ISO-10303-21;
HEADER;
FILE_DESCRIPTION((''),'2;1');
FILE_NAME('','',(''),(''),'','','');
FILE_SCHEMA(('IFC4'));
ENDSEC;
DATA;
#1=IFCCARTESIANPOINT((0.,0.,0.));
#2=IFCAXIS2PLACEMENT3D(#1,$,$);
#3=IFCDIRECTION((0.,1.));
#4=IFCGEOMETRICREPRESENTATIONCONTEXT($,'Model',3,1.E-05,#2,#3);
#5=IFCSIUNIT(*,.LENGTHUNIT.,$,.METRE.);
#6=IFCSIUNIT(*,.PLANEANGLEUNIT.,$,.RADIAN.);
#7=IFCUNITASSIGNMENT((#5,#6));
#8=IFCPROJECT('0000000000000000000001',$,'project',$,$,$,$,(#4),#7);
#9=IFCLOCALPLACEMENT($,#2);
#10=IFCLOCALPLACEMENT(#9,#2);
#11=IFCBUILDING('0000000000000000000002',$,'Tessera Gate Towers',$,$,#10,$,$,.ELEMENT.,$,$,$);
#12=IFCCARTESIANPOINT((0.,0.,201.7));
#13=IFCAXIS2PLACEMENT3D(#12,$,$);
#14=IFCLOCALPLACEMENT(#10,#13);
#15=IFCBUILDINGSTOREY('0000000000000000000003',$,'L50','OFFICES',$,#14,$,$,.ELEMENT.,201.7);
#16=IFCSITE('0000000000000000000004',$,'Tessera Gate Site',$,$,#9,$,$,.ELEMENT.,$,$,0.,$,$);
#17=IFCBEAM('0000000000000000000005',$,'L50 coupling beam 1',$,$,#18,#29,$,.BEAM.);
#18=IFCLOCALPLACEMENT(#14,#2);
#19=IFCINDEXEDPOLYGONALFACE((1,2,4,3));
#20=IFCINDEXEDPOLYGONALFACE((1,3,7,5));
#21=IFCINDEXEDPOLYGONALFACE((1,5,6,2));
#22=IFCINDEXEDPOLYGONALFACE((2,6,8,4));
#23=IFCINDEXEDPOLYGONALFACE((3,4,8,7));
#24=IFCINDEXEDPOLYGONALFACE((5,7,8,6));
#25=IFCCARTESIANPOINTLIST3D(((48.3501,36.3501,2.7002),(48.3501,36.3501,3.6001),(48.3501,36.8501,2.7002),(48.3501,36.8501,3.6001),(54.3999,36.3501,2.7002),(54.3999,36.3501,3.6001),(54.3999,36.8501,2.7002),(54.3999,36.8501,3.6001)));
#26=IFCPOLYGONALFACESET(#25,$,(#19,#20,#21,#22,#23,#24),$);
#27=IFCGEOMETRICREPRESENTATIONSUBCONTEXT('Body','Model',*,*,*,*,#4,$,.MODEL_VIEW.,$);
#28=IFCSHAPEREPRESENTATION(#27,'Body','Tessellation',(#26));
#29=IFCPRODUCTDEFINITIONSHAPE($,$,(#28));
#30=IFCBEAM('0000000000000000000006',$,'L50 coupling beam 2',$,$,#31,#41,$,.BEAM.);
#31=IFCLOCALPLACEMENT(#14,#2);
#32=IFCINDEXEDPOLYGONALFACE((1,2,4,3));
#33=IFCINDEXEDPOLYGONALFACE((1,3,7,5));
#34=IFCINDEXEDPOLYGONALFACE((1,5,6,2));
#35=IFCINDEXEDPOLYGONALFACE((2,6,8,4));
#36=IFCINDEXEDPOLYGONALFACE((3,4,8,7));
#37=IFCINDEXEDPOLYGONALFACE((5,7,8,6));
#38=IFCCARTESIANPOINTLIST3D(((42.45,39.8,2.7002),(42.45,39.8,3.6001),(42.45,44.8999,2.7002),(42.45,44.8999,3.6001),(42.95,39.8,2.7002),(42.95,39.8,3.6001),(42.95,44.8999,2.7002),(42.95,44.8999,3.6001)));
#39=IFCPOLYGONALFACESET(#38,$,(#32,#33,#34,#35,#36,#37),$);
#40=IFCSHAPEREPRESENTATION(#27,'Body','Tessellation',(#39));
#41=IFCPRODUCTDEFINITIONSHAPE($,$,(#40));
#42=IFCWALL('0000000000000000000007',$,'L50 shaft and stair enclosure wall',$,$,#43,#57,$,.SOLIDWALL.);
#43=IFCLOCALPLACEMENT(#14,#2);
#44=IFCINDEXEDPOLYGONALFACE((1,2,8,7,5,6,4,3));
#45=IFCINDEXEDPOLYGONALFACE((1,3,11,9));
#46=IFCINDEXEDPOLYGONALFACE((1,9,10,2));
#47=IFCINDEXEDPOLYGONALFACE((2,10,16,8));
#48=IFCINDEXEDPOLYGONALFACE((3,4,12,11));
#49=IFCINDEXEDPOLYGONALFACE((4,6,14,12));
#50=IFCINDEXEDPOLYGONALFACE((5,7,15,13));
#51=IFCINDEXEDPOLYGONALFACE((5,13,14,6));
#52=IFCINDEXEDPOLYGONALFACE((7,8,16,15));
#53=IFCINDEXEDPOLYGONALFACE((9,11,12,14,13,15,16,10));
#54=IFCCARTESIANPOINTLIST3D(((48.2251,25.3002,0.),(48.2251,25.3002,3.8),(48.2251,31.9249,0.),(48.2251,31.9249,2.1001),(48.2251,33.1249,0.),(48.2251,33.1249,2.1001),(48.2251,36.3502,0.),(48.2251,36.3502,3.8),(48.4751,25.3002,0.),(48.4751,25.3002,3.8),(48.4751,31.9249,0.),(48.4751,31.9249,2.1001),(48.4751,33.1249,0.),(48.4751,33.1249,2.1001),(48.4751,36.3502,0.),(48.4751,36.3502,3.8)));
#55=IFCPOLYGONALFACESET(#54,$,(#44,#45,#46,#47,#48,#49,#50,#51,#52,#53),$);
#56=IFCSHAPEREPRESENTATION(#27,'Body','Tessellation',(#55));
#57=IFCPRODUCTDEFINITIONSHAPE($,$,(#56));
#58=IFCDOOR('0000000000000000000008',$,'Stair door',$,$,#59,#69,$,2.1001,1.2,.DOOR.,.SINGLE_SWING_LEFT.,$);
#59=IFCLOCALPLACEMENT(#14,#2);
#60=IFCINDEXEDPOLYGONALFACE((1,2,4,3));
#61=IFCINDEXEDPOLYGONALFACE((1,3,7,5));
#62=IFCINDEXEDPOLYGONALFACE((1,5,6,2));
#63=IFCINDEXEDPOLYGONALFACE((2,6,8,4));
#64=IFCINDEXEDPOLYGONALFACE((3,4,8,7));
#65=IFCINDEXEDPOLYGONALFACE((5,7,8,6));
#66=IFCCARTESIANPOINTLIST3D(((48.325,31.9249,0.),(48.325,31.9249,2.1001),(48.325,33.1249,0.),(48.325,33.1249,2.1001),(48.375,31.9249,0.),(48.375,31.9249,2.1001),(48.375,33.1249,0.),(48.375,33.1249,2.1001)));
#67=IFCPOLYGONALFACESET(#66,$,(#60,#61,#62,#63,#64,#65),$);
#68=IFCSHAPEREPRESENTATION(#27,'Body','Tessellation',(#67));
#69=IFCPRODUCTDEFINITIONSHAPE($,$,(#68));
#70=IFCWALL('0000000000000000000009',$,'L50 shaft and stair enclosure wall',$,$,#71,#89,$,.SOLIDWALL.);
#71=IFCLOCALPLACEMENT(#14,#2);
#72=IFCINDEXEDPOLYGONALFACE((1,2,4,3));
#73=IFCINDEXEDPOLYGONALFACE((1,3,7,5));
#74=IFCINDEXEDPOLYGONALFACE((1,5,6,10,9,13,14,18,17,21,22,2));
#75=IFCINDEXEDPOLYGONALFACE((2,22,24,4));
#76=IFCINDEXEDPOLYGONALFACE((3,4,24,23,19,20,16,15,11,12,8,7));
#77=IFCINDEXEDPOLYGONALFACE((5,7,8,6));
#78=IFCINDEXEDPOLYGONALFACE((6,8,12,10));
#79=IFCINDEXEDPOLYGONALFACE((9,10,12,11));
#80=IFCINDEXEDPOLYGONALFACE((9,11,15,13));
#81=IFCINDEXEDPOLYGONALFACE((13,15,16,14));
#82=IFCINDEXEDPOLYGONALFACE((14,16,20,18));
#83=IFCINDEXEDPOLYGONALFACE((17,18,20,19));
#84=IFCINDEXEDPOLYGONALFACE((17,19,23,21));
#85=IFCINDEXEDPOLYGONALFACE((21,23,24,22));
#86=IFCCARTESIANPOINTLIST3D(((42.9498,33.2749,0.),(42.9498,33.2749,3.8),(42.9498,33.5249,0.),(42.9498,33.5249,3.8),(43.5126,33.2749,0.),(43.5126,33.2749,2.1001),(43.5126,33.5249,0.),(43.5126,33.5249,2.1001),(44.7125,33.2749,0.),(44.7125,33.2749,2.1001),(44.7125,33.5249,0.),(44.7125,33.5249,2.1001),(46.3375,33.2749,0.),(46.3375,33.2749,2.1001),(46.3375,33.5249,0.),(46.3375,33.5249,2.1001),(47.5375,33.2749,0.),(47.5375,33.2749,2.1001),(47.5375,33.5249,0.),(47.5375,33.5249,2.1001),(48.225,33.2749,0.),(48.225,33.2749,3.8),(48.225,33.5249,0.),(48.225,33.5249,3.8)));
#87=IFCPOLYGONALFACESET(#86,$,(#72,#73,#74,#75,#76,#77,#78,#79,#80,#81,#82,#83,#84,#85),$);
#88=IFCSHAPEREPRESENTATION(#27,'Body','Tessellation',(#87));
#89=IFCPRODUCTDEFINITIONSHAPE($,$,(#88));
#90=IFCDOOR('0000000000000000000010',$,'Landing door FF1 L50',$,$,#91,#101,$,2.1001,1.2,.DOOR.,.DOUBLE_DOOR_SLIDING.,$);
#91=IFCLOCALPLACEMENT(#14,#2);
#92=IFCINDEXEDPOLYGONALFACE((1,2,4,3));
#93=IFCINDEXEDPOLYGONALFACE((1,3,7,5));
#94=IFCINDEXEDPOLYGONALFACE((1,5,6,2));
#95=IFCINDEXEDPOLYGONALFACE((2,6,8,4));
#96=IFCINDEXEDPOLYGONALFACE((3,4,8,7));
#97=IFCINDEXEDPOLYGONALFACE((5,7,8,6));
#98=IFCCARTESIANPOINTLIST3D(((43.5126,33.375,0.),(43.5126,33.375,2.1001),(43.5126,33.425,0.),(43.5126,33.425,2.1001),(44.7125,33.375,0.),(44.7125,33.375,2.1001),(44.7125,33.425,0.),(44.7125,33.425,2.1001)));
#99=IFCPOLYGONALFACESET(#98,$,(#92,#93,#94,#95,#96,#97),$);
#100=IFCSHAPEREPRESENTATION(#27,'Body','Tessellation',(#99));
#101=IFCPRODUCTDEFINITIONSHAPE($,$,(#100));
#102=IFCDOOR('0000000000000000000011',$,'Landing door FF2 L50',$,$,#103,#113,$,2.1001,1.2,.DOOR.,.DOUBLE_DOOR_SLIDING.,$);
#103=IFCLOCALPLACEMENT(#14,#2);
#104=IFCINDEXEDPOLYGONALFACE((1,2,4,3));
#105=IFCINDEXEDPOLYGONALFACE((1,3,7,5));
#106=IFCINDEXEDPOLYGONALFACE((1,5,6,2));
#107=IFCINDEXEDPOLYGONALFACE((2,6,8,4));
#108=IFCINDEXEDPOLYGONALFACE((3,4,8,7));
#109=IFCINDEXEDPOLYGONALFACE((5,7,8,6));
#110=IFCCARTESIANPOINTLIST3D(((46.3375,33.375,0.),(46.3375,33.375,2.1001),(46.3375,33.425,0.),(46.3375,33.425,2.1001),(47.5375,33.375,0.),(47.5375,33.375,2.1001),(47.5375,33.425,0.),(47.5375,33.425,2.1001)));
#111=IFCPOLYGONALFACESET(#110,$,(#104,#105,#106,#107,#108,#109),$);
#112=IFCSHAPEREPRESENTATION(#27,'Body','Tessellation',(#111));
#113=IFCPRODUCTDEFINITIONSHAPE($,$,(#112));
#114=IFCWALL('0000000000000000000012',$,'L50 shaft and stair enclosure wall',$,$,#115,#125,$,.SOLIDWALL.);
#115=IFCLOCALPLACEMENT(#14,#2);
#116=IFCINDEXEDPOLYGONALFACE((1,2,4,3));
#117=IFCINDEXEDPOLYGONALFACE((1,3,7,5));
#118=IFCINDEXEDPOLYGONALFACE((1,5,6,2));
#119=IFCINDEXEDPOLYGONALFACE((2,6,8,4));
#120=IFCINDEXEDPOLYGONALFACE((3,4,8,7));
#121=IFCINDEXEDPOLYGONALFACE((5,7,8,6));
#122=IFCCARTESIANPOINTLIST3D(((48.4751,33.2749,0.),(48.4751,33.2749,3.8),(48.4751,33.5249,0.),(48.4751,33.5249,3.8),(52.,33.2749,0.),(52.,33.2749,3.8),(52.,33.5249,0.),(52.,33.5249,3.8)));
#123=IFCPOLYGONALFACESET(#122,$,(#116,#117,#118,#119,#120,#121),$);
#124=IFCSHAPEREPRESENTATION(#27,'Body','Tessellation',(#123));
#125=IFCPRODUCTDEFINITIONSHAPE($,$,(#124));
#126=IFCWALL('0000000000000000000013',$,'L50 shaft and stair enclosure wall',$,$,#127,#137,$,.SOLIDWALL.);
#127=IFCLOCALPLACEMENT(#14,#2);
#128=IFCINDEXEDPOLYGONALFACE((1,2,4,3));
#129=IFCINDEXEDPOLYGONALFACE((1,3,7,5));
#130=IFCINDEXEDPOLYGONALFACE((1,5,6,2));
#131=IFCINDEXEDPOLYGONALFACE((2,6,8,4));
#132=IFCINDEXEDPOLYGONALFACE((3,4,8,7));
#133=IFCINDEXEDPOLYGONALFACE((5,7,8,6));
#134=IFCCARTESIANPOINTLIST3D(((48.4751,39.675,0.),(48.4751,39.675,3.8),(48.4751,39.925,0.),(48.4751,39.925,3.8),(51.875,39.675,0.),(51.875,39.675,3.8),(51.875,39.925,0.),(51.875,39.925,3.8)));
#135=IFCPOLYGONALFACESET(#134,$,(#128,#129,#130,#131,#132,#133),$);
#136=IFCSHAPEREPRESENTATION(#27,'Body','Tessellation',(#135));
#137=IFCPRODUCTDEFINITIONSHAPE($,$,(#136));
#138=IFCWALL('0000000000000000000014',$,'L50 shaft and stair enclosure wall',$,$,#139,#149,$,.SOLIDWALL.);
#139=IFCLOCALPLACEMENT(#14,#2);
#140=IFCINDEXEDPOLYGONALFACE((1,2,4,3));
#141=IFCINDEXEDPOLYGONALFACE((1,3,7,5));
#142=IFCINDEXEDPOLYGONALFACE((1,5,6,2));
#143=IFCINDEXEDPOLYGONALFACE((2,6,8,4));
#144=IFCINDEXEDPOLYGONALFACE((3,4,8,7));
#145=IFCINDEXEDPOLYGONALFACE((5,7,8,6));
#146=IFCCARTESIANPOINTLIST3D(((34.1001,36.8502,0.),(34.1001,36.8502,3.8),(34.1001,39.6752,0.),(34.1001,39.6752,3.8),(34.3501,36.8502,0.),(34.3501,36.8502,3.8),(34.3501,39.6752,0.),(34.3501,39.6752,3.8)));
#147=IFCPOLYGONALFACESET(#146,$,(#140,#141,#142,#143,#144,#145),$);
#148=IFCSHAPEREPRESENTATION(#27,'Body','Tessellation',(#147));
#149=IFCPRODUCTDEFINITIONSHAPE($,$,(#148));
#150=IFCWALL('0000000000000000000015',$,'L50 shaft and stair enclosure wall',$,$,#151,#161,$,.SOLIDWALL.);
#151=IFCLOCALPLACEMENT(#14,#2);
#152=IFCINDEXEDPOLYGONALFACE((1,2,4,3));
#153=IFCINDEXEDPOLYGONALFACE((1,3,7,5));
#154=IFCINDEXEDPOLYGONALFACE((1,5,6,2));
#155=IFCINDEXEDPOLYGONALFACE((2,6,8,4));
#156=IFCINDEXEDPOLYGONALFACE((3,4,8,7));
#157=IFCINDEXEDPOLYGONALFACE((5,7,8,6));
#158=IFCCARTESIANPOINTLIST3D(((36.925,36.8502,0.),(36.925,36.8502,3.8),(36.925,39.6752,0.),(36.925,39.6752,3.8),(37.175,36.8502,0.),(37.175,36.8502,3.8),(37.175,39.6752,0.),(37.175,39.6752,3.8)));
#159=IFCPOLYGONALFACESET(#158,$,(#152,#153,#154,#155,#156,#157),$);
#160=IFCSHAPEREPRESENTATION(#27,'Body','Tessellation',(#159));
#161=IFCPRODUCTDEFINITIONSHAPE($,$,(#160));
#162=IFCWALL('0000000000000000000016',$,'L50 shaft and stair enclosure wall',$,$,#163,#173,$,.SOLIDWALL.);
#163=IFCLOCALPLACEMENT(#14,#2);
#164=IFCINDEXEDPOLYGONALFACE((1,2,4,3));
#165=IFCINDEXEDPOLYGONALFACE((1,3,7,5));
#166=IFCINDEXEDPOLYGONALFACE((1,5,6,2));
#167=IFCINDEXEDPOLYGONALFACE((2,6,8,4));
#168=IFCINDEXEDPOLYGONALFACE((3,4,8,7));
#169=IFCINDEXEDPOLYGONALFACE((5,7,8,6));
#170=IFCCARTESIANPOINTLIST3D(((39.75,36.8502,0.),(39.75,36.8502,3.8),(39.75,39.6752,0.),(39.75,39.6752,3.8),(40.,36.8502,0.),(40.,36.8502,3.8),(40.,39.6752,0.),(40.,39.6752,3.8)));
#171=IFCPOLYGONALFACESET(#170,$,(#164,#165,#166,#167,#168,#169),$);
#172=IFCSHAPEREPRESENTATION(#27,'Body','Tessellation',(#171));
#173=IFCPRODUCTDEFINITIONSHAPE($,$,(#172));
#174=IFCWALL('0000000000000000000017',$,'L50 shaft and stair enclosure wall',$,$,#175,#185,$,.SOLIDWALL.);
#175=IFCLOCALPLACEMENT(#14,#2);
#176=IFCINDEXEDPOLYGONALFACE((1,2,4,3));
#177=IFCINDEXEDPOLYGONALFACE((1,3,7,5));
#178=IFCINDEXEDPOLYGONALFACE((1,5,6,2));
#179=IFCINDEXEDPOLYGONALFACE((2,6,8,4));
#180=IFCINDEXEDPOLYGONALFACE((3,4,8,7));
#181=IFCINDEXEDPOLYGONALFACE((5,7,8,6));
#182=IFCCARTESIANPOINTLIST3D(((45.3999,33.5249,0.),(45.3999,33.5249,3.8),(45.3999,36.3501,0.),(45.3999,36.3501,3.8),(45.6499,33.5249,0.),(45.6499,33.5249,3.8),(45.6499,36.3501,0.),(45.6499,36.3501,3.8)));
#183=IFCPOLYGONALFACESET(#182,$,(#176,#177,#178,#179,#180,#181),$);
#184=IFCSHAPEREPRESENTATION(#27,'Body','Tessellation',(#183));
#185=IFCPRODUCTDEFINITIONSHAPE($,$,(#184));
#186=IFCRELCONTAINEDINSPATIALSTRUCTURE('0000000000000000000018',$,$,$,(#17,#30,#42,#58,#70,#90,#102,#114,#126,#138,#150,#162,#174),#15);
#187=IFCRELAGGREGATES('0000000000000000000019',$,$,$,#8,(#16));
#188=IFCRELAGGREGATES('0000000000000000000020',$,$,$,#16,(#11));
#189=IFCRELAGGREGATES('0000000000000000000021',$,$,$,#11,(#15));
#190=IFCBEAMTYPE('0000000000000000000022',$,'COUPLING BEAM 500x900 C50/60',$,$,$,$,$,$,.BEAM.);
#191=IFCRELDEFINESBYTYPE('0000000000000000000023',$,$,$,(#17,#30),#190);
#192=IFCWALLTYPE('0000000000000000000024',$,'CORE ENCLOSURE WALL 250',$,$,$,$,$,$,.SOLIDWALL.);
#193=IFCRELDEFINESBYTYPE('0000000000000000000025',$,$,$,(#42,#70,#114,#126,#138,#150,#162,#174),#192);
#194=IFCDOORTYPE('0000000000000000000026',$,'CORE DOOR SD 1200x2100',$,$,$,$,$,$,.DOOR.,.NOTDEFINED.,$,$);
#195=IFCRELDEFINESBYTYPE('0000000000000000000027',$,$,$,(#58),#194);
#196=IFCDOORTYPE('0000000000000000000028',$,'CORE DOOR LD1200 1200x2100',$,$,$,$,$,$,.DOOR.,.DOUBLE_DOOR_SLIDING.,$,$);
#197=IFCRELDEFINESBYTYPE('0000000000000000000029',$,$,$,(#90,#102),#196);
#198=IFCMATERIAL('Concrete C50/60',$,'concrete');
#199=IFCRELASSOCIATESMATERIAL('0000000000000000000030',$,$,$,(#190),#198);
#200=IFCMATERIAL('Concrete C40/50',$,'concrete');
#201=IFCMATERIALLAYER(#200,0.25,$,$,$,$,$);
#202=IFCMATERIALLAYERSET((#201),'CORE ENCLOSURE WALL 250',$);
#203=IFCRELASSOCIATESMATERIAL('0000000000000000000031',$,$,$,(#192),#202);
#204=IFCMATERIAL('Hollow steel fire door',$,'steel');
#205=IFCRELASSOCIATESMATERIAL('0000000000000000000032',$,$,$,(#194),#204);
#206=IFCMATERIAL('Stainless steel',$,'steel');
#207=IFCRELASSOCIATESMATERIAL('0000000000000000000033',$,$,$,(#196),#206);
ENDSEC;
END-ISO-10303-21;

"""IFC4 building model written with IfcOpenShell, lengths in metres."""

from ifc_helpers import new_model, si_unit, direction, frame, frame_2d, origin, origin_2d, place, context, subcontext, project, spatial, rectangle, extrude, source, transform, mapped, material, layer, layer_set, material_profile, profile_set, type_object, element, fill, save


model = new_model("IFC4")

# Units and contexts
model_context = context("Model", 3, precision=1e-05, world=origin(), true_north=direction((0.0, 1.0)))
body_context = subcontext(model_context, "Body", "Model", "MODEL_VIEW")
ifc_project = project(units=[si_unit("LENGTHUNIT", "METRE"), si_unit("PLANEANGLEUNIT", "RADIAN")], contexts=[model_context])

# Site, building, storey
site_placement = place(None, origin())
site = spatial("IfcSite", under=ifc_project, at=site_placement, Name="Tessera Gate Site", CompositionType="ELEMENT", RefElevation=0.0)
building_placement = place(site_placement, origin())
building = spatial("IfcBuilding", under=site, at=building_placement, Name="Tessera Gate Towers", CompositionType="ELEMENT")
storey_placement = place(building_placement, frame((0.0, 0.0, 201.7)))
storey = spatial("IfcBuildingStorey", under=building, at=storey_placement, Name="L50", Description="OFFICES", CompositionType="ELEMENT", Elevation=201.7)

# Beams
ifc_material_1 = material(Name="Concrete C50/60", Category="concrete")
ifc_material_profile = material_profile(ifc_material_1, rectangle(XDim=0.5, YDim=0.8999, at=origin_2d()), Name="RC 500x900")
ifc_profile_set = profile_set([ifc_material_profile], Name="Concrete C50/60")
beam_type = type_object("IfcBeamType", Name="COUPLING BEAM 500x900 C50/60", PredefinedType="BEAM", material=ifc_profile_set)
beam_1_placement = place(storey_placement, frame((48.3501, 36.6001, 3.1501), z_axis=(1.0, 0.0, 0.0), x_axis=(0.0, 1.0, 0.0)))
element("IfcBeam", 1, at=beam_1_placement, inside=storey, type_object=beam_type, Name="L50 coupling beam 1", PredefinedType="BEAM", context=body_context, shape_type="SweptSolid", body=[
    extrude(rectangle(XDim=0.5, YDim=0.8999, at=origin_2d()), origin(), (0.0, 0.0, 1.0), 6.0498),
])
beam_2_placement = place(storey_placement, frame((42.7, 39.8, 3.1501), z_axis=(0.0, 1.0, 0.0), x_axis=(-1.0, 0.0, 0.0)))
element("IfcBeam", 2, at=beam_2_placement, inside=storey, type_object=beam_type, Name="L50 coupling beam 2", PredefinedType="BEAM", context=body_context, shape_type="SweptSolid", body=[
    extrude(rectangle(XDim=0.5, YDim=0.8999, at=origin_2d()), origin(), (0.0, 0.0, 1.0), 5.0999),
])

# Wall, opening, door
ifc_material_2 = material(Name="Concrete C40/50", Category="concrete")
ifc_layer_1 = layer(ifc_material_2, 0.25)
ifc_layer_set_1 = layer_set([ifc_layer_1], Name="CORE ENCLOSURE WALL 250")
wall_type_1 = type_object("IfcWallType", Name="CORE ENCLOSURE WALL 250", PredefinedType="SOLIDWALL", material=ifc_layer_set_1)
wall_1_placement = place(storey_placement, frame((48.3501, 36.3501, 0.0), z_axis=(0.0, 0.0, 1.0), x_axis=(0.0, -1.0, 0.0)))
wall_1 = element("IfcWall", 3, at=wall_1_placement, inside=storey, type_object=wall_type_1, Name="L50 shaft and stair enclosure wall", PredefinedType="SOLIDWALL", context=body_context, shape_type="SweptSolid", body=[
    extrude(rectangle(XDim=11.05, YDim=0.25, at=frame_2d((5.5249, 0.0))), origin(), (0.0, 0.0, 1.0), 3.8),
])
shared_shape_1 = source(origin(), body_context, "Body", "SweptSolid", [
    extrude(rectangle(XDim=1.2, YDim=2.1001, at=frame_2d((0.6001, 1.05))), frame((0.0, 0.135, 0.0), z_axis=(0.0, -1.0, 0.0), x_axis=(1.0, 0.0, 0.0)), (0.0, 0.0, 1.0), 0.27),
])
opening_1_placement = place(wall_1_placement, frame((3.2251, 0.0, 0.0)))
opening_1 = element("IfcOpeningElement", 4, at=opening_1_placement, cuts=wall_1, PredefinedType="OPENING", context=body_context, shape_type="MappedRepresentation", body=[
    mapped(shared_shape_1, transform((0.0, 0.0, 0.0), scale=1.0)),
])
ifc_material_3 = material(Name="Hollow steel fire door", Category="steel")
door_type_1 = type_object("IfcDoorType", Name="CORE DOOR SD 1200x2100", OperationType="NOTDEFINED", PredefinedType="DOOR", material=ifc_material_3)
shared_shape_2 = source(origin(), body_context, "Body", "SweptSolid", [
    extrude(rectangle(XDim=1.2, YDim=2.1001, at=frame_2d((0.6001, 1.05))), frame((0.0, 0.0249, 0.0), z_axis=(0.0, -1.0, 0.0), x_axis=(1.0, 0.0, 0.0)), (0.0, 0.0, 1.0), 0.05),
])
door_1_placement = place(opening_1_placement, origin())
door_1 = element("IfcDoor", 5, at=door_1_placement, inside=storey, type_object=door_type_1, Name="Stair door", OperationType="SINGLE_SWING_LEFT", OverallHeight=2.1001, OverallWidth=1.2, PredefinedType="DOOR", context=body_context, shape_type="MappedRepresentation", body=[
    mapped(shared_shape_2, transform((0.0, 0.0, 0.0), scale=1.0)),
])
fill(opening_1, door_1)

# Wall, openings, doors
wall_2_placement = place(storey_placement, frame((48.2251, 33.3999, 0.0), z_axis=(0.0, 0.0, 1.0), x_axis=(-1.0, 0.0, 0.0)))
wall_2 = element("IfcWall", 6, at=wall_2_placement, inside=storey, type_object=wall_type_1, Name="L50 shaft and stair enclosure wall", PredefinedType="SOLIDWALL", context=body_context, shape_type="SweptSolid", body=[
    extrude(rectangle(XDim=5.2751, YDim=0.25, at=frame_2d((2.6377, 0.0))), origin(), (0.0, 0.0, 1.0), 3.8),
])
opening_2_placement = place(wall_2_placement, frame((3.5125, 0.0, 0.0)))
opening_2 = element("IfcOpeningElement", 7, at=opening_2_placement, cuts=wall_2, PredefinedType="OPENING", context=body_context, shape_type="MappedRepresentation", body=[
    mapped(shared_shape_1, transform((0.0, 0.0, 0.0), scale=1.0)),
])
opening_3_placement = place(wall_2_placement, frame((0.6875, 0.0, 0.0)))
opening_3 = element("IfcOpeningElement", 8, at=opening_3_placement, cuts=wall_2, PredefinedType="OPENING", context=body_context, shape_type="MappedRepresentation", body=[
    mapped(shared_shape_1, transform((0.0, 0.0, 0.0), scale=1.0)),
])
ifc_material_4 = material(Name="Stainless steel", Category="steel")
door_type_2 = type_object("IfcDoorType", Name="CORE DOOR LD1200 1200x2100", OperationType="DOUBLE_DOOR_SLIDING", PredefinedType="DOOR", material=ifc_material_4)
door_2_placement = place(opening_2_placement, origin())
door_2 = element("IfcDoor", 9, at=door_2_placement, inside=storey, type_object=door_type_2, Name="Landing door FF1 L50", OperationType="DOUBLE_DOOR_SLIDING", OverallHeight=2.1001, OverallWidth=1.2, PredefinedType="DOOR", context=body_context, shape_type="MappedRepresentation", body=[
    mapped(shared_shape_2, transform((0.0, 0.0, 0.0), scale=1.0)),
])
fill(opening_2, door_2)
door_3_placement = place(opening_3_placement, origin())
door_3 = element("IfcDoor", 10, at=door_3_placement, inside=storey, type_object=door_type_2, Name="Landing door FF2 L50", OperationType="DOUBLE_DOOR_SLIDING", OverallHeight=2.1001, OverallWidth=1.2, PredefinedType="DOOR", context=body_context, shape_type="MappedRepresentation", body=[
    mapped(shared_shape_2, transform((0.0, 0.0, 0.0), scale=1.0)),
])
fill(opening_3, door_3)

# Walls
wall_3_placement = place(storey_placement, frame((48.4751, 33.3999, 0.0), z_axis=(0.0, 0.0, 1.0), x_axis=(1.0, 0.0, 0.0)))
element("IfcWall", 11, at=wall_3_placement, inside=storey, type_object=wall_type_1, Name="L50 shaft and stair enclosure wall", PredefinedType="SOLIDWALL", context=body_context, shape_type="SweptSolid", body=[
    extrude(rectangle(XDim=3.5249, YDim=0.25, at=frame_2d((1.7625, 0.0))), origin(), (0.0, 0.0, 1.0), 3.8),
])
wall_4_placement = place(storey_placement, frame((48.4751, 39.8, 0.0), z_axis=(0.0, 0.0, 1.0), x_axis=(1.0, 0.0, 0.0)))
element("IfcWall", 12, at=wall_4_placement, inside=storey, type_object=wall_type_1, Name="L50 shaft and stair enclosure wall", PredefinedType="SOLIDWALL", context=body_context, shape_type="SweptSolid", body=[
    extrude(rectangle(XDim=3.3999, YDim=0.25, at=frame_2d((1.7, 0.0))), origin(), (0.0, 0.0, 1.0), 3.8),
])
for number, where, z_axis, x_axis, name in (
    (13, (34.2251, 36.8501, 0.0), (0.0, 0.0, 1.0), (0.0, 1.0, 0.0), "L50 shaft and stair enclosure wall"),
    (14, (37.05, 36.8501, 0.0), (0.0, 0.0, 1.0), (0.0, 1.0, 0.0), "L50 shaft and stair enclosure wall"),
    (15, (39.875, 36.8501, 0.0), (0.0, 0.0, 1.0), (0.0, 1.0, 0.0), "L50 shaft and stair enclosure wall"),
):
    element("IfcWall", number, at=place(storey_placement, frame(where, z_axis=z_axis, x_axis=x_axis)), inside=storey, type_object=wall_type_1, Name=name, PredefinedType="SOLIDWALL", context=body_context, shape_type="SweptSolid", body=[
        extrude(rectangle(XDim=2.825, YDim=0.25, at=frame_2d((1.4126, 0.0))), origin(), (0.0, 0.0, 1.0), 3.8),
    ])
wall_5_placement = place(storey_placement, frame((45.5249, 33.5249, 0.0), z_axis=(0.0, 0.0, 1.0), x_axis=(0.0, 1.0, 0.0)))
element("IfcWall", 16, at=wall_5_placement, inside=storey, type_object=wall_type_1, Name="L50 shaft and stair enclosure wall", PredefinedType="SOLIDWALL", context=body_context, shape_type="SweptSolid", body=[
    extrude(rectangle(XDim=2.8252, YDim=0.25, at=frame_2d((1.4126, 0.0))), origin(), (0.0, 0.0, 1.0), 3.8),
])

save(model, "model.ifc")
